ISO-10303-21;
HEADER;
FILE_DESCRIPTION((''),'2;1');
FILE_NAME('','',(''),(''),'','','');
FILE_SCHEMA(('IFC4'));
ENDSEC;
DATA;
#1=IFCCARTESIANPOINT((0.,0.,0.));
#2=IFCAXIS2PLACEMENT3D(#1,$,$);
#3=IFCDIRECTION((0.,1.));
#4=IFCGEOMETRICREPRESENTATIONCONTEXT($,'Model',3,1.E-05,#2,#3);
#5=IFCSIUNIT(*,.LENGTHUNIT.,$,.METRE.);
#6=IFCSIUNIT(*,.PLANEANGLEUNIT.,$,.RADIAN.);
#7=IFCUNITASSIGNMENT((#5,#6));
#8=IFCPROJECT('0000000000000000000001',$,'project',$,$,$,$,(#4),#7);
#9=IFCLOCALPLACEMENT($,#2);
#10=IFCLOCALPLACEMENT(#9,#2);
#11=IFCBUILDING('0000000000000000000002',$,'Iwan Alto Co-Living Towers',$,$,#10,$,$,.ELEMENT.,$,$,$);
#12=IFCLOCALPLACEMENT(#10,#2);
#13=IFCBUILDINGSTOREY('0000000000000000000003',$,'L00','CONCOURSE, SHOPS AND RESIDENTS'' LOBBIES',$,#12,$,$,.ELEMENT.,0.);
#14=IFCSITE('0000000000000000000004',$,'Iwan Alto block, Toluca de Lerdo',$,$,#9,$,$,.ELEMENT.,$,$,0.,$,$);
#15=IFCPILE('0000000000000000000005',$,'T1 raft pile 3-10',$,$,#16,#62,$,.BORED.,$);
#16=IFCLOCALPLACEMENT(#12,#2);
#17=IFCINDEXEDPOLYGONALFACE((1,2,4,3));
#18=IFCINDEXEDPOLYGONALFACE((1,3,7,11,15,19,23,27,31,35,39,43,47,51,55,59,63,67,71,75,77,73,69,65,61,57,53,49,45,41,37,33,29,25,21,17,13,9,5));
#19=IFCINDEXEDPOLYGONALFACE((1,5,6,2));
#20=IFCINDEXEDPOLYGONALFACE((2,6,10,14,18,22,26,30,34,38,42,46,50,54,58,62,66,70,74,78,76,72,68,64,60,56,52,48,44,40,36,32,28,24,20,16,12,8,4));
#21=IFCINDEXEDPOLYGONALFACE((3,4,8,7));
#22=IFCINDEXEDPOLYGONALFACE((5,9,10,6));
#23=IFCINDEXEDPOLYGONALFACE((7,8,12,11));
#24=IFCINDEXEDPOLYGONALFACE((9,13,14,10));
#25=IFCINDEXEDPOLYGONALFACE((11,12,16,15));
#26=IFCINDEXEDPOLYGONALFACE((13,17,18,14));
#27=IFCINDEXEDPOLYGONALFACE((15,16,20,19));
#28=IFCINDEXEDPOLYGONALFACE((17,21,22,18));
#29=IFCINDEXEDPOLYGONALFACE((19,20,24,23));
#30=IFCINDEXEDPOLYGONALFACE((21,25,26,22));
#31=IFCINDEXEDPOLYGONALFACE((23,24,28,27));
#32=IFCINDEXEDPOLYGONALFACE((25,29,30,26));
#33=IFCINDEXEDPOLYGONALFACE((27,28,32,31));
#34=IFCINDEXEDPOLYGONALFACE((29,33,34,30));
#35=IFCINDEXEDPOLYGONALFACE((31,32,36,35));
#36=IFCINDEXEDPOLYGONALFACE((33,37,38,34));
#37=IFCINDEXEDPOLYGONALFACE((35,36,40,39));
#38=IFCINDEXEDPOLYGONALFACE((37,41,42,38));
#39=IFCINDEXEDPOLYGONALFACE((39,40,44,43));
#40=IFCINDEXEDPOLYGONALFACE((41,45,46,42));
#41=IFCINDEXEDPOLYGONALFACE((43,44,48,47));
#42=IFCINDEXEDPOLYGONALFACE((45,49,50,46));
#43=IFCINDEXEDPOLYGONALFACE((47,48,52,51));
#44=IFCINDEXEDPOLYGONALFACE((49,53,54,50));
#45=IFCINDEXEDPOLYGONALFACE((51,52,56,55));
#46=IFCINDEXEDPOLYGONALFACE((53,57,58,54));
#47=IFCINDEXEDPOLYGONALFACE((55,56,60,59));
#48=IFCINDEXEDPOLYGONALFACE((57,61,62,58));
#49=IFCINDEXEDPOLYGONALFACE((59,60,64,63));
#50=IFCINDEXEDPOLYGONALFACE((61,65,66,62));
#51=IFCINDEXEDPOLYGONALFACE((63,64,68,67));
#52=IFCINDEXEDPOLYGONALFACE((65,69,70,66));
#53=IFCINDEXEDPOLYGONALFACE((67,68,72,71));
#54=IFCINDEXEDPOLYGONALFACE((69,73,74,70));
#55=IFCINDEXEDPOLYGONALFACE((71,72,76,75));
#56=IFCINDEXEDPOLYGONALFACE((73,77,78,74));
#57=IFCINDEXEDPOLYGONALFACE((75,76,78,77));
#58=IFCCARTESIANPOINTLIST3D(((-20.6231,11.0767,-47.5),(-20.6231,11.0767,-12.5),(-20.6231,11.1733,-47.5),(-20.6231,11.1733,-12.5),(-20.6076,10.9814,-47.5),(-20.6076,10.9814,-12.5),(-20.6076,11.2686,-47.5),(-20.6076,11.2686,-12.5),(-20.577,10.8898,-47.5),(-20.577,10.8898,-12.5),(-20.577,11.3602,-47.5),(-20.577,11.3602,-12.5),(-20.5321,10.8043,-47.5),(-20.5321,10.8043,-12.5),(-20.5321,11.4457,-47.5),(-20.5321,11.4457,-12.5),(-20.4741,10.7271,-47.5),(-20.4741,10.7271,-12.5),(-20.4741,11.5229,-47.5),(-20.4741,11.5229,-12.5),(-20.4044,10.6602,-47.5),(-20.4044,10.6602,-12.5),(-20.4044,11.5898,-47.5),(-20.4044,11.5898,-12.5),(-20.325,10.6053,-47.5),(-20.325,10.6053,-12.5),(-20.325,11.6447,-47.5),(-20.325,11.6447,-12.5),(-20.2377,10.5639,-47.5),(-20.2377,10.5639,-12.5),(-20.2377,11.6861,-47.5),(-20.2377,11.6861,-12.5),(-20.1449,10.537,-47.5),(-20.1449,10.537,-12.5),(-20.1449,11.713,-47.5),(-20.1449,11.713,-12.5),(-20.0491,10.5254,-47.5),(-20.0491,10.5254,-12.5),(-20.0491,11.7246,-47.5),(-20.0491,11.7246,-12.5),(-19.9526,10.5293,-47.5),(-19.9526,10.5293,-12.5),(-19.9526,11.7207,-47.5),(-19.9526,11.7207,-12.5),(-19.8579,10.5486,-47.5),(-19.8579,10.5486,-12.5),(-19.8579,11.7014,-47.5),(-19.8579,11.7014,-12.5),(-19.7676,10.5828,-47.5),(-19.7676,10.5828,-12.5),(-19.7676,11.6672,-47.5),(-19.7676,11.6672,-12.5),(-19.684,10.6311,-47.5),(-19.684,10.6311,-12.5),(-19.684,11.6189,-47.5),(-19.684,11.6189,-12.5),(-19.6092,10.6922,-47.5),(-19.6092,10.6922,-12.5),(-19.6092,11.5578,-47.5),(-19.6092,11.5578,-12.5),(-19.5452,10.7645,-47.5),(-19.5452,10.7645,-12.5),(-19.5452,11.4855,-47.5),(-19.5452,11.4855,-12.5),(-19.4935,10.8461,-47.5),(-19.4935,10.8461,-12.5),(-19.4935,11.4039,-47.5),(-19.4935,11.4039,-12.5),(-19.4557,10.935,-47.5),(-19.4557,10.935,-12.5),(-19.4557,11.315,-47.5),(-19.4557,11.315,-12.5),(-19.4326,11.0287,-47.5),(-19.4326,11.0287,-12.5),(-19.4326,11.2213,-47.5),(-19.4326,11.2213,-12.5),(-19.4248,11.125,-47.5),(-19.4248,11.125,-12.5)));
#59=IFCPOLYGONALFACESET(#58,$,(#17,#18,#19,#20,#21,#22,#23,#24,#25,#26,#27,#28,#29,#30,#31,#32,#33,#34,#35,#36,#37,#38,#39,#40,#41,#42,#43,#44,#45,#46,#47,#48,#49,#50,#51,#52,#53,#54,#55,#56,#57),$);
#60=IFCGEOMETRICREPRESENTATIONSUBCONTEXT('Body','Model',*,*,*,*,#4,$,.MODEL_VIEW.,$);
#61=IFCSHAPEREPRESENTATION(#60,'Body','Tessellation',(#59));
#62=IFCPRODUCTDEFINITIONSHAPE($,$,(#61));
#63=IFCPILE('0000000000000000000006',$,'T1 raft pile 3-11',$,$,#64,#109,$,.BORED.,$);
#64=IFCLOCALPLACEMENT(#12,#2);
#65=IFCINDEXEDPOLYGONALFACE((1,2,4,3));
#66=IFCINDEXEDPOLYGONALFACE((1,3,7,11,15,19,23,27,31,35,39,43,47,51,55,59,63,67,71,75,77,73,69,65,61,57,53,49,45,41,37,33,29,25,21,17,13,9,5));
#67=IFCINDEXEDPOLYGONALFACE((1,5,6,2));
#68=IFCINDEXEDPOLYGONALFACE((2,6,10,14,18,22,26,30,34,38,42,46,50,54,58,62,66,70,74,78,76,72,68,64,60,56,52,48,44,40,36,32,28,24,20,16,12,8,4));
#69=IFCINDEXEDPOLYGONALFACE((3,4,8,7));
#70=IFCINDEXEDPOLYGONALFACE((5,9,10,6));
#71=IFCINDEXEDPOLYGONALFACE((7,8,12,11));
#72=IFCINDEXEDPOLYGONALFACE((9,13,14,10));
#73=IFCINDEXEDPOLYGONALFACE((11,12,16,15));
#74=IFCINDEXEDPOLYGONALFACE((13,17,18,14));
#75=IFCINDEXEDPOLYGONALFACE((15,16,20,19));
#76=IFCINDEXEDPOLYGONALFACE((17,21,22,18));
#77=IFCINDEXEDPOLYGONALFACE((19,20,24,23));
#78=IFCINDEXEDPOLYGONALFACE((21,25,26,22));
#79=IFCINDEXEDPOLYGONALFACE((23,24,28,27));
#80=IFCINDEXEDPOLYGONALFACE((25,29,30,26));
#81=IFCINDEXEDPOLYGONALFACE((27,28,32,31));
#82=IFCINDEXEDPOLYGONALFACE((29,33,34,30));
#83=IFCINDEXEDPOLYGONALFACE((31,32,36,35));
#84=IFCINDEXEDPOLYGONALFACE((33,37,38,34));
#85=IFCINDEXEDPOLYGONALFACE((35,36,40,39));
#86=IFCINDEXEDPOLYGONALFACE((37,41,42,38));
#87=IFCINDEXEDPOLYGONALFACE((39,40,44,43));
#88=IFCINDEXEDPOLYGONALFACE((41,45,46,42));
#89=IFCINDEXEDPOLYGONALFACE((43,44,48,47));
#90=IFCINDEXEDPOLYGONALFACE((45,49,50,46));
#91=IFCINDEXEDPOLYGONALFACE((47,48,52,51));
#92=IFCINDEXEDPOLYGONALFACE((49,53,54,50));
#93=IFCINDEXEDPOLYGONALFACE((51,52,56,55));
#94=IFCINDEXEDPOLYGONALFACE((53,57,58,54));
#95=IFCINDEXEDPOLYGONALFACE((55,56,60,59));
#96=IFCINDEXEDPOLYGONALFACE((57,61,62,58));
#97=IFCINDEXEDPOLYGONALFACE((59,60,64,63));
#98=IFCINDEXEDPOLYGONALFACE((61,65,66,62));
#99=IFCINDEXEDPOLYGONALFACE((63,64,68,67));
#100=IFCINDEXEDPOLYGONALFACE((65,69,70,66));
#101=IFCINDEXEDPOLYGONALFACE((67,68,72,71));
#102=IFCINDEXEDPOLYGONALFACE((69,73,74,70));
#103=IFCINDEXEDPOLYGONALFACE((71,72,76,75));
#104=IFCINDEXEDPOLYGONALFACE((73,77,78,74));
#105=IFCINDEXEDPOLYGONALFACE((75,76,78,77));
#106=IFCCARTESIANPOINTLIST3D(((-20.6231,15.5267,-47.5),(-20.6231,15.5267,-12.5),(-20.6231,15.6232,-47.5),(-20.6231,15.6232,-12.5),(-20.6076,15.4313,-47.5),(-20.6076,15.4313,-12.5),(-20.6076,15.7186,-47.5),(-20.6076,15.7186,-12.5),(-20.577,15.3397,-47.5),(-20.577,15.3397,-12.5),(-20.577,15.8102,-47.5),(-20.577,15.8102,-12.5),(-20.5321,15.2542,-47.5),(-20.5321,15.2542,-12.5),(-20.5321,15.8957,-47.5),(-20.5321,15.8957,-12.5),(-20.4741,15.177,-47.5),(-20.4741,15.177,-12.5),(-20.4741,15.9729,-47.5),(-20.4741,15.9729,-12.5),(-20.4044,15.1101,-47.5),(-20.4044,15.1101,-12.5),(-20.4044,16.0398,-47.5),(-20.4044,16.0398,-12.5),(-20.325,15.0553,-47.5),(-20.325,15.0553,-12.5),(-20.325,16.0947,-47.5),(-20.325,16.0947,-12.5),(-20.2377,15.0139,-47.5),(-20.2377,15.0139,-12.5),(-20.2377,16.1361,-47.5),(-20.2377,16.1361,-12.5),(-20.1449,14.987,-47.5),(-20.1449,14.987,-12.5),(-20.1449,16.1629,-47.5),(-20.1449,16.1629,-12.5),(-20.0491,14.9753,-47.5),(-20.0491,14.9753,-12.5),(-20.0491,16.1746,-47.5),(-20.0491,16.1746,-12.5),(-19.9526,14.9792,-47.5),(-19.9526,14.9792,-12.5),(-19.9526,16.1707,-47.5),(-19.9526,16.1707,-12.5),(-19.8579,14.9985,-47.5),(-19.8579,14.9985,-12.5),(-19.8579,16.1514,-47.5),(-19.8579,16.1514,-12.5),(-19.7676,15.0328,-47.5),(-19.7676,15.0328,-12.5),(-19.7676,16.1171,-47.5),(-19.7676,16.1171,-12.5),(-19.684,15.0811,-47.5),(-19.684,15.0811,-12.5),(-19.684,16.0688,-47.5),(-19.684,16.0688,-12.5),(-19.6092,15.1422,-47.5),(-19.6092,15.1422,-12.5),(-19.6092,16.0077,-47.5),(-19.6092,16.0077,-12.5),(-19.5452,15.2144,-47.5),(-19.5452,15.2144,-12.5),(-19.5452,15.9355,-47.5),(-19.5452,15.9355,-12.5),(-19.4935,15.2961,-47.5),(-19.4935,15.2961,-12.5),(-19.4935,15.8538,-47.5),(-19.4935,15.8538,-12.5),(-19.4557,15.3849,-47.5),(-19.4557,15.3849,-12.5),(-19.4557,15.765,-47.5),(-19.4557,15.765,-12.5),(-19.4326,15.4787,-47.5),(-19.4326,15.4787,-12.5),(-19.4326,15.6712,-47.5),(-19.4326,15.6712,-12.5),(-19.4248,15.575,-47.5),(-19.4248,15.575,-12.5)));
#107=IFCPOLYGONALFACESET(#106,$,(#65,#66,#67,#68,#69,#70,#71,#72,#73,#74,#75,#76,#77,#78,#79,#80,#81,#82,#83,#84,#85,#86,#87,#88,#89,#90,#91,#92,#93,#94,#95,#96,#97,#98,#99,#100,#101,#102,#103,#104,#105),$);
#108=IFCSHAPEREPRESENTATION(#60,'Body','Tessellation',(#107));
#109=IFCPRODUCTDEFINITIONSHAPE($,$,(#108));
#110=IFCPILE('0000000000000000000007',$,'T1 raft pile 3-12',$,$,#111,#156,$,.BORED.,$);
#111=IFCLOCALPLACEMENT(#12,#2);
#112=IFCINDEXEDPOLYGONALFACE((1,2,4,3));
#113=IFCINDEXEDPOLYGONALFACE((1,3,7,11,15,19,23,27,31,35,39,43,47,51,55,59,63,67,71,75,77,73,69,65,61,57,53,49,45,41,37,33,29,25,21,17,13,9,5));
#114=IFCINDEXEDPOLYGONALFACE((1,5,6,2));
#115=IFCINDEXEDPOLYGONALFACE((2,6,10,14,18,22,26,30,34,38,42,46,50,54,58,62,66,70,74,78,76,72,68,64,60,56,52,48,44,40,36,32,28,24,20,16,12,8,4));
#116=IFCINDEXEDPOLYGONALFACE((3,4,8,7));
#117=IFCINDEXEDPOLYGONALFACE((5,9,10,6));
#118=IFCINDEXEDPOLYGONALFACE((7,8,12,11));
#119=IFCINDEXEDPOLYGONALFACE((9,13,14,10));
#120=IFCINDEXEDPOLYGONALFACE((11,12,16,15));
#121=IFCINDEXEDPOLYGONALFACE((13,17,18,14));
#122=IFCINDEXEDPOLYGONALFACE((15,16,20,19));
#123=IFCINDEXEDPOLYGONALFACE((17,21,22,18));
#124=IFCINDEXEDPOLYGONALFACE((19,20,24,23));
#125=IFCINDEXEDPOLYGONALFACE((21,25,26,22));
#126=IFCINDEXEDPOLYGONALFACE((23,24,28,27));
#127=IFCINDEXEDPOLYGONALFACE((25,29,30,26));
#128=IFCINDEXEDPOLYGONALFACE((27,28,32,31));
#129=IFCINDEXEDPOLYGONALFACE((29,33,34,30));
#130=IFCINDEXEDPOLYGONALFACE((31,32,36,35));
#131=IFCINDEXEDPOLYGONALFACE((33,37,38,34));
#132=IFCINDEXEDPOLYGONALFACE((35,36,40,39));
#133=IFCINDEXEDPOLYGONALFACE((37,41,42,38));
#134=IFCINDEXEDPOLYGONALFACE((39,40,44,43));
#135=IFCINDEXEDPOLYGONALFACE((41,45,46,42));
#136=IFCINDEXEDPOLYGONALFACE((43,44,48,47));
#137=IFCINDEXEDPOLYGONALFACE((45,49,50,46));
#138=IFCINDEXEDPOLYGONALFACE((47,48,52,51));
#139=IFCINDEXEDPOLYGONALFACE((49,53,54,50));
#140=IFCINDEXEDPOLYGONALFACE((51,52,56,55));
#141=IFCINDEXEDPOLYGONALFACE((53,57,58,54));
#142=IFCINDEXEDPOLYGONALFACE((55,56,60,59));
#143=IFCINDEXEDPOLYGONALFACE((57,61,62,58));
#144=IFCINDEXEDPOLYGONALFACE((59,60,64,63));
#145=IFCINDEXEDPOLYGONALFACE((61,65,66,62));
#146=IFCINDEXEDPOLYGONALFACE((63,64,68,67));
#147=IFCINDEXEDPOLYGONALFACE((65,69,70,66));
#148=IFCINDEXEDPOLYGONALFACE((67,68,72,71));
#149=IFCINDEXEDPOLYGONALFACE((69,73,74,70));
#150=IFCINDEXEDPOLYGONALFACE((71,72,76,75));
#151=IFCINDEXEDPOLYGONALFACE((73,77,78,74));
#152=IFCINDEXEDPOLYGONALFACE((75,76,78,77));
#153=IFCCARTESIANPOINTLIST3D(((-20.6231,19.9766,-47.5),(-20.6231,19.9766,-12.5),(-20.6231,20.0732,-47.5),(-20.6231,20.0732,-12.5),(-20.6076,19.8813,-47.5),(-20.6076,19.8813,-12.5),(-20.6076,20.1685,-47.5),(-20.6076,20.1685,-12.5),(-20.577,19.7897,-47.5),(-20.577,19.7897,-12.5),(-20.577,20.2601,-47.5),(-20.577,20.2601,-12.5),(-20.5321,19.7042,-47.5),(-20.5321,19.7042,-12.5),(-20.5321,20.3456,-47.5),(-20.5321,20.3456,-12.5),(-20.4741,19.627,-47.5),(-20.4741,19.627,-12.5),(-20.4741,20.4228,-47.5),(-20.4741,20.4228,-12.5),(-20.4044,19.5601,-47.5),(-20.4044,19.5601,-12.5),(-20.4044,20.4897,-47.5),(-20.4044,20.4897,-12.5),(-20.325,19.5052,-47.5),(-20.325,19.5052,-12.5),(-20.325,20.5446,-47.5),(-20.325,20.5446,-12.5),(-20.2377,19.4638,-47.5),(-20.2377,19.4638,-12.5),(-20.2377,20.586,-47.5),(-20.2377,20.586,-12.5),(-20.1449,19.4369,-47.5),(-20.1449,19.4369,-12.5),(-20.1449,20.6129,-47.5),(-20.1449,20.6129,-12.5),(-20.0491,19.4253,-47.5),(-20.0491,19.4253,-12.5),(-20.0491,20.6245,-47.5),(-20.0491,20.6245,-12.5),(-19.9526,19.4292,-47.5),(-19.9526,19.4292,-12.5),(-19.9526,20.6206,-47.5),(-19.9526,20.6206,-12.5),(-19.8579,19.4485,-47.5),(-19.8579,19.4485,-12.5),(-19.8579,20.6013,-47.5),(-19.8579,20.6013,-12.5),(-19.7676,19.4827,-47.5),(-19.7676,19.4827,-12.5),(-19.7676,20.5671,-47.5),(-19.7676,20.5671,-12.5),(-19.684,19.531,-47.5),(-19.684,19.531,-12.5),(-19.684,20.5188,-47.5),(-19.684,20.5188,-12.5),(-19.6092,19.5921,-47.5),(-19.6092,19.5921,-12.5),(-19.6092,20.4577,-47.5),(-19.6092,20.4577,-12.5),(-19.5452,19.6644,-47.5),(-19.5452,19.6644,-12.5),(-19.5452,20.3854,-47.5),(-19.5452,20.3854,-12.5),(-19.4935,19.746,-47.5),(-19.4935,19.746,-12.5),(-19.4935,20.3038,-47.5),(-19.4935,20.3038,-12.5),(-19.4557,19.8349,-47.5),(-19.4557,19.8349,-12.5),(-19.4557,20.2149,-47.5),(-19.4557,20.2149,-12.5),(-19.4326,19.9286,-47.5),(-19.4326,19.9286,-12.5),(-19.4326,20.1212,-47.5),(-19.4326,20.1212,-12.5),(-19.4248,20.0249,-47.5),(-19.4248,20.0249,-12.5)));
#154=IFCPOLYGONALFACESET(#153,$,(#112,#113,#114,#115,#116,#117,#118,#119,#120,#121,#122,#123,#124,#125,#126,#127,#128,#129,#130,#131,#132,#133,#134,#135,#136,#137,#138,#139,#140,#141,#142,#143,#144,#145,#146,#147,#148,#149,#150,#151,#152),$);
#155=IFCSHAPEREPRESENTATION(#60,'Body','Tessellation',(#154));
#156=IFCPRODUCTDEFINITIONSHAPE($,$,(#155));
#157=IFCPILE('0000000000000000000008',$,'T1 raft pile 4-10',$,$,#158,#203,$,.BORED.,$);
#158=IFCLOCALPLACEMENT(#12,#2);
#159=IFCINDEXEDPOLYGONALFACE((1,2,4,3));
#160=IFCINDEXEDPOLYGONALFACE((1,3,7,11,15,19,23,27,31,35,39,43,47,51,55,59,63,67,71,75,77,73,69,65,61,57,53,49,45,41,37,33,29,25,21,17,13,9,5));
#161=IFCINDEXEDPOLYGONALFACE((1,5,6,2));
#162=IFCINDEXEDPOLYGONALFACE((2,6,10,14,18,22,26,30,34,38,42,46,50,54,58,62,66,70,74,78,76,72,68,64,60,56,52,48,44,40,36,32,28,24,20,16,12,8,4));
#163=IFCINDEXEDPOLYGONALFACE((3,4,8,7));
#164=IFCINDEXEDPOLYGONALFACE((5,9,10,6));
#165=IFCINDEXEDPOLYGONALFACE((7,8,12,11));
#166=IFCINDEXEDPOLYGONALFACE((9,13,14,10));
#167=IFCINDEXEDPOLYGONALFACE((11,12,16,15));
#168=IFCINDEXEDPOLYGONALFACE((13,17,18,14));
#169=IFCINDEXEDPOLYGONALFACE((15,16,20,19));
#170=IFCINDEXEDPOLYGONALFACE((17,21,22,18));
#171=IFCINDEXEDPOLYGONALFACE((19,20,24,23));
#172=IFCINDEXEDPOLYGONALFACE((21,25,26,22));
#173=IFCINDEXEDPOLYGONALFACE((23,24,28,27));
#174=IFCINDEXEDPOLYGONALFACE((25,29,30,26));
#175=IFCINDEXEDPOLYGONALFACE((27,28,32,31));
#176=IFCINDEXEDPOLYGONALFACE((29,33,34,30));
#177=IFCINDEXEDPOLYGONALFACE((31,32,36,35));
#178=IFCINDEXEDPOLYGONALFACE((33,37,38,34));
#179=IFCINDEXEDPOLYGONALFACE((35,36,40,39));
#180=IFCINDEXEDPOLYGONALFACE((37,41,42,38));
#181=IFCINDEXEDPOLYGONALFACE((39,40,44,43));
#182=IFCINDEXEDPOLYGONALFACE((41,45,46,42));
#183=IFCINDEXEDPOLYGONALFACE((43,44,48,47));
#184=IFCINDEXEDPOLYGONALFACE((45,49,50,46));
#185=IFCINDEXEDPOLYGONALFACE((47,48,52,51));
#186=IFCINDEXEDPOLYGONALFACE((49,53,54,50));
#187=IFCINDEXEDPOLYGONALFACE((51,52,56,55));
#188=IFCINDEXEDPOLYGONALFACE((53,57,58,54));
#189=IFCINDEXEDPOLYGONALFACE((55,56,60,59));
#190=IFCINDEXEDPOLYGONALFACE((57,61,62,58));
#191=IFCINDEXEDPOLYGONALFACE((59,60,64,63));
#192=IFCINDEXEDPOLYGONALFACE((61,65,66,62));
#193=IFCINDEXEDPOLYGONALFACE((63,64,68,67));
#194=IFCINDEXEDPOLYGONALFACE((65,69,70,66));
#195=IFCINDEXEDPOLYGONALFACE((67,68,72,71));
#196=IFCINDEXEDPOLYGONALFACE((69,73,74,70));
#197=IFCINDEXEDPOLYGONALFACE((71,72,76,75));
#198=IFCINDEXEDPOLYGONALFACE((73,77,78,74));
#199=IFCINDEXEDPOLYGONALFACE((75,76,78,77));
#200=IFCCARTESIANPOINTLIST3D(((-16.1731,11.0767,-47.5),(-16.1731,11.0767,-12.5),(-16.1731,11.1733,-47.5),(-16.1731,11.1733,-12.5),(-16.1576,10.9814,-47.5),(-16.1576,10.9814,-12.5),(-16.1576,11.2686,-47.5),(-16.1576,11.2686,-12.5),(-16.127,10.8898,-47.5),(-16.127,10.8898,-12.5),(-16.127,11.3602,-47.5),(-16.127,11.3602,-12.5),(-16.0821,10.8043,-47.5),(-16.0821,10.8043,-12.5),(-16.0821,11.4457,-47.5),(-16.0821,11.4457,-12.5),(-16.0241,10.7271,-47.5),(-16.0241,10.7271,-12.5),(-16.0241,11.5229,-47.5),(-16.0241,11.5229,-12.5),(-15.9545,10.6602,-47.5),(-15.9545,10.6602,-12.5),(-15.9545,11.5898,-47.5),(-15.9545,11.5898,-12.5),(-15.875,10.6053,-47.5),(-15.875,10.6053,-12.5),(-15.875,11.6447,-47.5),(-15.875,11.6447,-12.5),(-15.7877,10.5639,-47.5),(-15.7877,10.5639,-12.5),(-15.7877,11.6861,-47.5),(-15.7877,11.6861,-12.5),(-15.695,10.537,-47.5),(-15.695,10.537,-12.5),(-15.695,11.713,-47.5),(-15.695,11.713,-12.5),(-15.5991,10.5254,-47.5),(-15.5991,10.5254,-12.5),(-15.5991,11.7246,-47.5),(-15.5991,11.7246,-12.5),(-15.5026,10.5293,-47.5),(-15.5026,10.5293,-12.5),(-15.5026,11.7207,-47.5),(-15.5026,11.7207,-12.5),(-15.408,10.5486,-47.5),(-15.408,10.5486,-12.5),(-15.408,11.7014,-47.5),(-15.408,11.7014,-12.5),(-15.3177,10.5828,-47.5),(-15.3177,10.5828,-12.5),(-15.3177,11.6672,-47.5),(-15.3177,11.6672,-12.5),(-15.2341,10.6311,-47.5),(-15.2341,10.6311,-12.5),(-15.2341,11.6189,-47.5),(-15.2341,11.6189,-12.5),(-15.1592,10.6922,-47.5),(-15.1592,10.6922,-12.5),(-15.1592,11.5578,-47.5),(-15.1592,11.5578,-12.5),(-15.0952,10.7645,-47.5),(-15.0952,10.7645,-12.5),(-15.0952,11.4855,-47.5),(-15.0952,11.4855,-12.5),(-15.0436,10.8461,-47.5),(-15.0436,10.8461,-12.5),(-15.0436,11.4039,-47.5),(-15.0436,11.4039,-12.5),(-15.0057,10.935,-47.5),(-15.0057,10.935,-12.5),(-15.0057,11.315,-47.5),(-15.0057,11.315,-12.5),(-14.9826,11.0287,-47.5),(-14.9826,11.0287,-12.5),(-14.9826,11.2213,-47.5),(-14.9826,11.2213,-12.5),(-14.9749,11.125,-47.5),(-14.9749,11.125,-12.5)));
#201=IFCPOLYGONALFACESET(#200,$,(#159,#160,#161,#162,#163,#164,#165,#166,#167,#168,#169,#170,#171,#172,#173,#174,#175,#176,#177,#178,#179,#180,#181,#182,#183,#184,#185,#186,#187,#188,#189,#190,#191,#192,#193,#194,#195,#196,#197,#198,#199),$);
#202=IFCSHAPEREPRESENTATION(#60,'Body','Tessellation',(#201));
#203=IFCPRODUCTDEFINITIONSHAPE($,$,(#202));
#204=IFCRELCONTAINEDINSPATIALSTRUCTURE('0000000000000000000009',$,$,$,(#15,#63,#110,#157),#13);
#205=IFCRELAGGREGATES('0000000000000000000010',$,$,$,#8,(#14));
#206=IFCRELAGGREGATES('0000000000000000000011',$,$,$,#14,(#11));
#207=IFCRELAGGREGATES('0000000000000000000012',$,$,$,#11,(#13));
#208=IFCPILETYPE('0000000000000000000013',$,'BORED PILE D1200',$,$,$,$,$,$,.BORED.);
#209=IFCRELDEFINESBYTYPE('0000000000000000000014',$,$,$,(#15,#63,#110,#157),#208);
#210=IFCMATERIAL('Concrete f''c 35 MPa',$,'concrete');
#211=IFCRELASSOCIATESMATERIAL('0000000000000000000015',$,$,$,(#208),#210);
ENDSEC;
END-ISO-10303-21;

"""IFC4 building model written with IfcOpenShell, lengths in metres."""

from ifc_helpers import new_model, si_unit, direction, frame, origin, origin_2d, place, context, subcontext, project, spatial, circle, extrude, material, material_profile, profile_set, type_object, element, save


model = new_model("IFC4")

# Units and contexts
model_context = context("Model", 3, precision=1e-05, world=origin(), true_north=direction((0.0, 1.0)))
body_context = subcontext(model_context, "Body", "Model", "MODEL_VIEW")
ifc_project = project(units=[si_unit("LENGTHUNIT", "METRE"), si_unit("PLANEANGLEUNIT", "RADIAN")], contexts=[model_context])

# Site, building, storey
site_placement = place(None, origin())
site = spatial("IfcSite", under=ifc_project, at=site_placement, Name="Iwan Alto block, Toluca de Lerdo", CompositionType="ELEMENT", RefElevation=0.0)
building_placement = place(site_placement, origin())
building = spatial("IfcBuilding", under=site, at=building_placement, Name="Iwan Alto Co-Living Towers", CompositionType="ELEMENT")
storey_placement = place(building_placement, origin())
storey = spatial("IfcBuildingStorey", under=building, at=storey_placement, Name="L00", Description="CONCOURSE, SHOPS AND RESIDENTS' LOBBIES", CompositionType="ELEMENT", Elevation=0.0)

# Piles
ifc_material_1 = material(Name="Concrete f'c 35 MPa", Category="concrete")
ifc_material_profile_1 = material_profile(ifc_material_1, circle(Radius=0.6001, at=origin_2d()), Name="D1200")
ifc_profile_set_1 = profile_set([ifc_material_profile_1], Name="Concrete f'c 35 MPa")
pile_type = type_object("IfcPileType", Name="BORED PILE D1200", PredefinedType="BORED", material=ifc_profile_set_1)
for number, where, z_axis, x_axis, name in (
    (1, (-20.0249, 11.125, -12.5), (0.0, 0.0, -1.0), (1.0, 0.0, 0.0), "T1 raft pile 3-10"),
    (2, (-20.0249, 15.575, -12.5), (0.0, 0.0, -1.0), (1.0, 0.0, 0.0), "T1 raft pile 3-11"),
    (3, (-20.0249, 20.0249, -12.5), (0.0, 0.0, -1.0), (1.0, 0.0, 0.0), "T1 raft pile 3-12"),
    (4, (-15.575, 11.125, -12.5), (0.0, 0.0, -1.0), (1.0, 0.0, 0.0), "T1 raft pile 4-10"),
):
    element("IfcPile", number, at=place(storey_placement, frame(where, z_axis=z_axis, x_axis=x_axis)), inside=storey, type_object=pile_type, Name=name, PredefinedType="BORED", context=body_context, shape_type="SweptSolid", body=[
        extrude(circle(Radius=0.6001, at=origin_2d()), origin(), (0.0, 0.0, 1.0), 35.0),
    ])

save(model, "model.ifc")
